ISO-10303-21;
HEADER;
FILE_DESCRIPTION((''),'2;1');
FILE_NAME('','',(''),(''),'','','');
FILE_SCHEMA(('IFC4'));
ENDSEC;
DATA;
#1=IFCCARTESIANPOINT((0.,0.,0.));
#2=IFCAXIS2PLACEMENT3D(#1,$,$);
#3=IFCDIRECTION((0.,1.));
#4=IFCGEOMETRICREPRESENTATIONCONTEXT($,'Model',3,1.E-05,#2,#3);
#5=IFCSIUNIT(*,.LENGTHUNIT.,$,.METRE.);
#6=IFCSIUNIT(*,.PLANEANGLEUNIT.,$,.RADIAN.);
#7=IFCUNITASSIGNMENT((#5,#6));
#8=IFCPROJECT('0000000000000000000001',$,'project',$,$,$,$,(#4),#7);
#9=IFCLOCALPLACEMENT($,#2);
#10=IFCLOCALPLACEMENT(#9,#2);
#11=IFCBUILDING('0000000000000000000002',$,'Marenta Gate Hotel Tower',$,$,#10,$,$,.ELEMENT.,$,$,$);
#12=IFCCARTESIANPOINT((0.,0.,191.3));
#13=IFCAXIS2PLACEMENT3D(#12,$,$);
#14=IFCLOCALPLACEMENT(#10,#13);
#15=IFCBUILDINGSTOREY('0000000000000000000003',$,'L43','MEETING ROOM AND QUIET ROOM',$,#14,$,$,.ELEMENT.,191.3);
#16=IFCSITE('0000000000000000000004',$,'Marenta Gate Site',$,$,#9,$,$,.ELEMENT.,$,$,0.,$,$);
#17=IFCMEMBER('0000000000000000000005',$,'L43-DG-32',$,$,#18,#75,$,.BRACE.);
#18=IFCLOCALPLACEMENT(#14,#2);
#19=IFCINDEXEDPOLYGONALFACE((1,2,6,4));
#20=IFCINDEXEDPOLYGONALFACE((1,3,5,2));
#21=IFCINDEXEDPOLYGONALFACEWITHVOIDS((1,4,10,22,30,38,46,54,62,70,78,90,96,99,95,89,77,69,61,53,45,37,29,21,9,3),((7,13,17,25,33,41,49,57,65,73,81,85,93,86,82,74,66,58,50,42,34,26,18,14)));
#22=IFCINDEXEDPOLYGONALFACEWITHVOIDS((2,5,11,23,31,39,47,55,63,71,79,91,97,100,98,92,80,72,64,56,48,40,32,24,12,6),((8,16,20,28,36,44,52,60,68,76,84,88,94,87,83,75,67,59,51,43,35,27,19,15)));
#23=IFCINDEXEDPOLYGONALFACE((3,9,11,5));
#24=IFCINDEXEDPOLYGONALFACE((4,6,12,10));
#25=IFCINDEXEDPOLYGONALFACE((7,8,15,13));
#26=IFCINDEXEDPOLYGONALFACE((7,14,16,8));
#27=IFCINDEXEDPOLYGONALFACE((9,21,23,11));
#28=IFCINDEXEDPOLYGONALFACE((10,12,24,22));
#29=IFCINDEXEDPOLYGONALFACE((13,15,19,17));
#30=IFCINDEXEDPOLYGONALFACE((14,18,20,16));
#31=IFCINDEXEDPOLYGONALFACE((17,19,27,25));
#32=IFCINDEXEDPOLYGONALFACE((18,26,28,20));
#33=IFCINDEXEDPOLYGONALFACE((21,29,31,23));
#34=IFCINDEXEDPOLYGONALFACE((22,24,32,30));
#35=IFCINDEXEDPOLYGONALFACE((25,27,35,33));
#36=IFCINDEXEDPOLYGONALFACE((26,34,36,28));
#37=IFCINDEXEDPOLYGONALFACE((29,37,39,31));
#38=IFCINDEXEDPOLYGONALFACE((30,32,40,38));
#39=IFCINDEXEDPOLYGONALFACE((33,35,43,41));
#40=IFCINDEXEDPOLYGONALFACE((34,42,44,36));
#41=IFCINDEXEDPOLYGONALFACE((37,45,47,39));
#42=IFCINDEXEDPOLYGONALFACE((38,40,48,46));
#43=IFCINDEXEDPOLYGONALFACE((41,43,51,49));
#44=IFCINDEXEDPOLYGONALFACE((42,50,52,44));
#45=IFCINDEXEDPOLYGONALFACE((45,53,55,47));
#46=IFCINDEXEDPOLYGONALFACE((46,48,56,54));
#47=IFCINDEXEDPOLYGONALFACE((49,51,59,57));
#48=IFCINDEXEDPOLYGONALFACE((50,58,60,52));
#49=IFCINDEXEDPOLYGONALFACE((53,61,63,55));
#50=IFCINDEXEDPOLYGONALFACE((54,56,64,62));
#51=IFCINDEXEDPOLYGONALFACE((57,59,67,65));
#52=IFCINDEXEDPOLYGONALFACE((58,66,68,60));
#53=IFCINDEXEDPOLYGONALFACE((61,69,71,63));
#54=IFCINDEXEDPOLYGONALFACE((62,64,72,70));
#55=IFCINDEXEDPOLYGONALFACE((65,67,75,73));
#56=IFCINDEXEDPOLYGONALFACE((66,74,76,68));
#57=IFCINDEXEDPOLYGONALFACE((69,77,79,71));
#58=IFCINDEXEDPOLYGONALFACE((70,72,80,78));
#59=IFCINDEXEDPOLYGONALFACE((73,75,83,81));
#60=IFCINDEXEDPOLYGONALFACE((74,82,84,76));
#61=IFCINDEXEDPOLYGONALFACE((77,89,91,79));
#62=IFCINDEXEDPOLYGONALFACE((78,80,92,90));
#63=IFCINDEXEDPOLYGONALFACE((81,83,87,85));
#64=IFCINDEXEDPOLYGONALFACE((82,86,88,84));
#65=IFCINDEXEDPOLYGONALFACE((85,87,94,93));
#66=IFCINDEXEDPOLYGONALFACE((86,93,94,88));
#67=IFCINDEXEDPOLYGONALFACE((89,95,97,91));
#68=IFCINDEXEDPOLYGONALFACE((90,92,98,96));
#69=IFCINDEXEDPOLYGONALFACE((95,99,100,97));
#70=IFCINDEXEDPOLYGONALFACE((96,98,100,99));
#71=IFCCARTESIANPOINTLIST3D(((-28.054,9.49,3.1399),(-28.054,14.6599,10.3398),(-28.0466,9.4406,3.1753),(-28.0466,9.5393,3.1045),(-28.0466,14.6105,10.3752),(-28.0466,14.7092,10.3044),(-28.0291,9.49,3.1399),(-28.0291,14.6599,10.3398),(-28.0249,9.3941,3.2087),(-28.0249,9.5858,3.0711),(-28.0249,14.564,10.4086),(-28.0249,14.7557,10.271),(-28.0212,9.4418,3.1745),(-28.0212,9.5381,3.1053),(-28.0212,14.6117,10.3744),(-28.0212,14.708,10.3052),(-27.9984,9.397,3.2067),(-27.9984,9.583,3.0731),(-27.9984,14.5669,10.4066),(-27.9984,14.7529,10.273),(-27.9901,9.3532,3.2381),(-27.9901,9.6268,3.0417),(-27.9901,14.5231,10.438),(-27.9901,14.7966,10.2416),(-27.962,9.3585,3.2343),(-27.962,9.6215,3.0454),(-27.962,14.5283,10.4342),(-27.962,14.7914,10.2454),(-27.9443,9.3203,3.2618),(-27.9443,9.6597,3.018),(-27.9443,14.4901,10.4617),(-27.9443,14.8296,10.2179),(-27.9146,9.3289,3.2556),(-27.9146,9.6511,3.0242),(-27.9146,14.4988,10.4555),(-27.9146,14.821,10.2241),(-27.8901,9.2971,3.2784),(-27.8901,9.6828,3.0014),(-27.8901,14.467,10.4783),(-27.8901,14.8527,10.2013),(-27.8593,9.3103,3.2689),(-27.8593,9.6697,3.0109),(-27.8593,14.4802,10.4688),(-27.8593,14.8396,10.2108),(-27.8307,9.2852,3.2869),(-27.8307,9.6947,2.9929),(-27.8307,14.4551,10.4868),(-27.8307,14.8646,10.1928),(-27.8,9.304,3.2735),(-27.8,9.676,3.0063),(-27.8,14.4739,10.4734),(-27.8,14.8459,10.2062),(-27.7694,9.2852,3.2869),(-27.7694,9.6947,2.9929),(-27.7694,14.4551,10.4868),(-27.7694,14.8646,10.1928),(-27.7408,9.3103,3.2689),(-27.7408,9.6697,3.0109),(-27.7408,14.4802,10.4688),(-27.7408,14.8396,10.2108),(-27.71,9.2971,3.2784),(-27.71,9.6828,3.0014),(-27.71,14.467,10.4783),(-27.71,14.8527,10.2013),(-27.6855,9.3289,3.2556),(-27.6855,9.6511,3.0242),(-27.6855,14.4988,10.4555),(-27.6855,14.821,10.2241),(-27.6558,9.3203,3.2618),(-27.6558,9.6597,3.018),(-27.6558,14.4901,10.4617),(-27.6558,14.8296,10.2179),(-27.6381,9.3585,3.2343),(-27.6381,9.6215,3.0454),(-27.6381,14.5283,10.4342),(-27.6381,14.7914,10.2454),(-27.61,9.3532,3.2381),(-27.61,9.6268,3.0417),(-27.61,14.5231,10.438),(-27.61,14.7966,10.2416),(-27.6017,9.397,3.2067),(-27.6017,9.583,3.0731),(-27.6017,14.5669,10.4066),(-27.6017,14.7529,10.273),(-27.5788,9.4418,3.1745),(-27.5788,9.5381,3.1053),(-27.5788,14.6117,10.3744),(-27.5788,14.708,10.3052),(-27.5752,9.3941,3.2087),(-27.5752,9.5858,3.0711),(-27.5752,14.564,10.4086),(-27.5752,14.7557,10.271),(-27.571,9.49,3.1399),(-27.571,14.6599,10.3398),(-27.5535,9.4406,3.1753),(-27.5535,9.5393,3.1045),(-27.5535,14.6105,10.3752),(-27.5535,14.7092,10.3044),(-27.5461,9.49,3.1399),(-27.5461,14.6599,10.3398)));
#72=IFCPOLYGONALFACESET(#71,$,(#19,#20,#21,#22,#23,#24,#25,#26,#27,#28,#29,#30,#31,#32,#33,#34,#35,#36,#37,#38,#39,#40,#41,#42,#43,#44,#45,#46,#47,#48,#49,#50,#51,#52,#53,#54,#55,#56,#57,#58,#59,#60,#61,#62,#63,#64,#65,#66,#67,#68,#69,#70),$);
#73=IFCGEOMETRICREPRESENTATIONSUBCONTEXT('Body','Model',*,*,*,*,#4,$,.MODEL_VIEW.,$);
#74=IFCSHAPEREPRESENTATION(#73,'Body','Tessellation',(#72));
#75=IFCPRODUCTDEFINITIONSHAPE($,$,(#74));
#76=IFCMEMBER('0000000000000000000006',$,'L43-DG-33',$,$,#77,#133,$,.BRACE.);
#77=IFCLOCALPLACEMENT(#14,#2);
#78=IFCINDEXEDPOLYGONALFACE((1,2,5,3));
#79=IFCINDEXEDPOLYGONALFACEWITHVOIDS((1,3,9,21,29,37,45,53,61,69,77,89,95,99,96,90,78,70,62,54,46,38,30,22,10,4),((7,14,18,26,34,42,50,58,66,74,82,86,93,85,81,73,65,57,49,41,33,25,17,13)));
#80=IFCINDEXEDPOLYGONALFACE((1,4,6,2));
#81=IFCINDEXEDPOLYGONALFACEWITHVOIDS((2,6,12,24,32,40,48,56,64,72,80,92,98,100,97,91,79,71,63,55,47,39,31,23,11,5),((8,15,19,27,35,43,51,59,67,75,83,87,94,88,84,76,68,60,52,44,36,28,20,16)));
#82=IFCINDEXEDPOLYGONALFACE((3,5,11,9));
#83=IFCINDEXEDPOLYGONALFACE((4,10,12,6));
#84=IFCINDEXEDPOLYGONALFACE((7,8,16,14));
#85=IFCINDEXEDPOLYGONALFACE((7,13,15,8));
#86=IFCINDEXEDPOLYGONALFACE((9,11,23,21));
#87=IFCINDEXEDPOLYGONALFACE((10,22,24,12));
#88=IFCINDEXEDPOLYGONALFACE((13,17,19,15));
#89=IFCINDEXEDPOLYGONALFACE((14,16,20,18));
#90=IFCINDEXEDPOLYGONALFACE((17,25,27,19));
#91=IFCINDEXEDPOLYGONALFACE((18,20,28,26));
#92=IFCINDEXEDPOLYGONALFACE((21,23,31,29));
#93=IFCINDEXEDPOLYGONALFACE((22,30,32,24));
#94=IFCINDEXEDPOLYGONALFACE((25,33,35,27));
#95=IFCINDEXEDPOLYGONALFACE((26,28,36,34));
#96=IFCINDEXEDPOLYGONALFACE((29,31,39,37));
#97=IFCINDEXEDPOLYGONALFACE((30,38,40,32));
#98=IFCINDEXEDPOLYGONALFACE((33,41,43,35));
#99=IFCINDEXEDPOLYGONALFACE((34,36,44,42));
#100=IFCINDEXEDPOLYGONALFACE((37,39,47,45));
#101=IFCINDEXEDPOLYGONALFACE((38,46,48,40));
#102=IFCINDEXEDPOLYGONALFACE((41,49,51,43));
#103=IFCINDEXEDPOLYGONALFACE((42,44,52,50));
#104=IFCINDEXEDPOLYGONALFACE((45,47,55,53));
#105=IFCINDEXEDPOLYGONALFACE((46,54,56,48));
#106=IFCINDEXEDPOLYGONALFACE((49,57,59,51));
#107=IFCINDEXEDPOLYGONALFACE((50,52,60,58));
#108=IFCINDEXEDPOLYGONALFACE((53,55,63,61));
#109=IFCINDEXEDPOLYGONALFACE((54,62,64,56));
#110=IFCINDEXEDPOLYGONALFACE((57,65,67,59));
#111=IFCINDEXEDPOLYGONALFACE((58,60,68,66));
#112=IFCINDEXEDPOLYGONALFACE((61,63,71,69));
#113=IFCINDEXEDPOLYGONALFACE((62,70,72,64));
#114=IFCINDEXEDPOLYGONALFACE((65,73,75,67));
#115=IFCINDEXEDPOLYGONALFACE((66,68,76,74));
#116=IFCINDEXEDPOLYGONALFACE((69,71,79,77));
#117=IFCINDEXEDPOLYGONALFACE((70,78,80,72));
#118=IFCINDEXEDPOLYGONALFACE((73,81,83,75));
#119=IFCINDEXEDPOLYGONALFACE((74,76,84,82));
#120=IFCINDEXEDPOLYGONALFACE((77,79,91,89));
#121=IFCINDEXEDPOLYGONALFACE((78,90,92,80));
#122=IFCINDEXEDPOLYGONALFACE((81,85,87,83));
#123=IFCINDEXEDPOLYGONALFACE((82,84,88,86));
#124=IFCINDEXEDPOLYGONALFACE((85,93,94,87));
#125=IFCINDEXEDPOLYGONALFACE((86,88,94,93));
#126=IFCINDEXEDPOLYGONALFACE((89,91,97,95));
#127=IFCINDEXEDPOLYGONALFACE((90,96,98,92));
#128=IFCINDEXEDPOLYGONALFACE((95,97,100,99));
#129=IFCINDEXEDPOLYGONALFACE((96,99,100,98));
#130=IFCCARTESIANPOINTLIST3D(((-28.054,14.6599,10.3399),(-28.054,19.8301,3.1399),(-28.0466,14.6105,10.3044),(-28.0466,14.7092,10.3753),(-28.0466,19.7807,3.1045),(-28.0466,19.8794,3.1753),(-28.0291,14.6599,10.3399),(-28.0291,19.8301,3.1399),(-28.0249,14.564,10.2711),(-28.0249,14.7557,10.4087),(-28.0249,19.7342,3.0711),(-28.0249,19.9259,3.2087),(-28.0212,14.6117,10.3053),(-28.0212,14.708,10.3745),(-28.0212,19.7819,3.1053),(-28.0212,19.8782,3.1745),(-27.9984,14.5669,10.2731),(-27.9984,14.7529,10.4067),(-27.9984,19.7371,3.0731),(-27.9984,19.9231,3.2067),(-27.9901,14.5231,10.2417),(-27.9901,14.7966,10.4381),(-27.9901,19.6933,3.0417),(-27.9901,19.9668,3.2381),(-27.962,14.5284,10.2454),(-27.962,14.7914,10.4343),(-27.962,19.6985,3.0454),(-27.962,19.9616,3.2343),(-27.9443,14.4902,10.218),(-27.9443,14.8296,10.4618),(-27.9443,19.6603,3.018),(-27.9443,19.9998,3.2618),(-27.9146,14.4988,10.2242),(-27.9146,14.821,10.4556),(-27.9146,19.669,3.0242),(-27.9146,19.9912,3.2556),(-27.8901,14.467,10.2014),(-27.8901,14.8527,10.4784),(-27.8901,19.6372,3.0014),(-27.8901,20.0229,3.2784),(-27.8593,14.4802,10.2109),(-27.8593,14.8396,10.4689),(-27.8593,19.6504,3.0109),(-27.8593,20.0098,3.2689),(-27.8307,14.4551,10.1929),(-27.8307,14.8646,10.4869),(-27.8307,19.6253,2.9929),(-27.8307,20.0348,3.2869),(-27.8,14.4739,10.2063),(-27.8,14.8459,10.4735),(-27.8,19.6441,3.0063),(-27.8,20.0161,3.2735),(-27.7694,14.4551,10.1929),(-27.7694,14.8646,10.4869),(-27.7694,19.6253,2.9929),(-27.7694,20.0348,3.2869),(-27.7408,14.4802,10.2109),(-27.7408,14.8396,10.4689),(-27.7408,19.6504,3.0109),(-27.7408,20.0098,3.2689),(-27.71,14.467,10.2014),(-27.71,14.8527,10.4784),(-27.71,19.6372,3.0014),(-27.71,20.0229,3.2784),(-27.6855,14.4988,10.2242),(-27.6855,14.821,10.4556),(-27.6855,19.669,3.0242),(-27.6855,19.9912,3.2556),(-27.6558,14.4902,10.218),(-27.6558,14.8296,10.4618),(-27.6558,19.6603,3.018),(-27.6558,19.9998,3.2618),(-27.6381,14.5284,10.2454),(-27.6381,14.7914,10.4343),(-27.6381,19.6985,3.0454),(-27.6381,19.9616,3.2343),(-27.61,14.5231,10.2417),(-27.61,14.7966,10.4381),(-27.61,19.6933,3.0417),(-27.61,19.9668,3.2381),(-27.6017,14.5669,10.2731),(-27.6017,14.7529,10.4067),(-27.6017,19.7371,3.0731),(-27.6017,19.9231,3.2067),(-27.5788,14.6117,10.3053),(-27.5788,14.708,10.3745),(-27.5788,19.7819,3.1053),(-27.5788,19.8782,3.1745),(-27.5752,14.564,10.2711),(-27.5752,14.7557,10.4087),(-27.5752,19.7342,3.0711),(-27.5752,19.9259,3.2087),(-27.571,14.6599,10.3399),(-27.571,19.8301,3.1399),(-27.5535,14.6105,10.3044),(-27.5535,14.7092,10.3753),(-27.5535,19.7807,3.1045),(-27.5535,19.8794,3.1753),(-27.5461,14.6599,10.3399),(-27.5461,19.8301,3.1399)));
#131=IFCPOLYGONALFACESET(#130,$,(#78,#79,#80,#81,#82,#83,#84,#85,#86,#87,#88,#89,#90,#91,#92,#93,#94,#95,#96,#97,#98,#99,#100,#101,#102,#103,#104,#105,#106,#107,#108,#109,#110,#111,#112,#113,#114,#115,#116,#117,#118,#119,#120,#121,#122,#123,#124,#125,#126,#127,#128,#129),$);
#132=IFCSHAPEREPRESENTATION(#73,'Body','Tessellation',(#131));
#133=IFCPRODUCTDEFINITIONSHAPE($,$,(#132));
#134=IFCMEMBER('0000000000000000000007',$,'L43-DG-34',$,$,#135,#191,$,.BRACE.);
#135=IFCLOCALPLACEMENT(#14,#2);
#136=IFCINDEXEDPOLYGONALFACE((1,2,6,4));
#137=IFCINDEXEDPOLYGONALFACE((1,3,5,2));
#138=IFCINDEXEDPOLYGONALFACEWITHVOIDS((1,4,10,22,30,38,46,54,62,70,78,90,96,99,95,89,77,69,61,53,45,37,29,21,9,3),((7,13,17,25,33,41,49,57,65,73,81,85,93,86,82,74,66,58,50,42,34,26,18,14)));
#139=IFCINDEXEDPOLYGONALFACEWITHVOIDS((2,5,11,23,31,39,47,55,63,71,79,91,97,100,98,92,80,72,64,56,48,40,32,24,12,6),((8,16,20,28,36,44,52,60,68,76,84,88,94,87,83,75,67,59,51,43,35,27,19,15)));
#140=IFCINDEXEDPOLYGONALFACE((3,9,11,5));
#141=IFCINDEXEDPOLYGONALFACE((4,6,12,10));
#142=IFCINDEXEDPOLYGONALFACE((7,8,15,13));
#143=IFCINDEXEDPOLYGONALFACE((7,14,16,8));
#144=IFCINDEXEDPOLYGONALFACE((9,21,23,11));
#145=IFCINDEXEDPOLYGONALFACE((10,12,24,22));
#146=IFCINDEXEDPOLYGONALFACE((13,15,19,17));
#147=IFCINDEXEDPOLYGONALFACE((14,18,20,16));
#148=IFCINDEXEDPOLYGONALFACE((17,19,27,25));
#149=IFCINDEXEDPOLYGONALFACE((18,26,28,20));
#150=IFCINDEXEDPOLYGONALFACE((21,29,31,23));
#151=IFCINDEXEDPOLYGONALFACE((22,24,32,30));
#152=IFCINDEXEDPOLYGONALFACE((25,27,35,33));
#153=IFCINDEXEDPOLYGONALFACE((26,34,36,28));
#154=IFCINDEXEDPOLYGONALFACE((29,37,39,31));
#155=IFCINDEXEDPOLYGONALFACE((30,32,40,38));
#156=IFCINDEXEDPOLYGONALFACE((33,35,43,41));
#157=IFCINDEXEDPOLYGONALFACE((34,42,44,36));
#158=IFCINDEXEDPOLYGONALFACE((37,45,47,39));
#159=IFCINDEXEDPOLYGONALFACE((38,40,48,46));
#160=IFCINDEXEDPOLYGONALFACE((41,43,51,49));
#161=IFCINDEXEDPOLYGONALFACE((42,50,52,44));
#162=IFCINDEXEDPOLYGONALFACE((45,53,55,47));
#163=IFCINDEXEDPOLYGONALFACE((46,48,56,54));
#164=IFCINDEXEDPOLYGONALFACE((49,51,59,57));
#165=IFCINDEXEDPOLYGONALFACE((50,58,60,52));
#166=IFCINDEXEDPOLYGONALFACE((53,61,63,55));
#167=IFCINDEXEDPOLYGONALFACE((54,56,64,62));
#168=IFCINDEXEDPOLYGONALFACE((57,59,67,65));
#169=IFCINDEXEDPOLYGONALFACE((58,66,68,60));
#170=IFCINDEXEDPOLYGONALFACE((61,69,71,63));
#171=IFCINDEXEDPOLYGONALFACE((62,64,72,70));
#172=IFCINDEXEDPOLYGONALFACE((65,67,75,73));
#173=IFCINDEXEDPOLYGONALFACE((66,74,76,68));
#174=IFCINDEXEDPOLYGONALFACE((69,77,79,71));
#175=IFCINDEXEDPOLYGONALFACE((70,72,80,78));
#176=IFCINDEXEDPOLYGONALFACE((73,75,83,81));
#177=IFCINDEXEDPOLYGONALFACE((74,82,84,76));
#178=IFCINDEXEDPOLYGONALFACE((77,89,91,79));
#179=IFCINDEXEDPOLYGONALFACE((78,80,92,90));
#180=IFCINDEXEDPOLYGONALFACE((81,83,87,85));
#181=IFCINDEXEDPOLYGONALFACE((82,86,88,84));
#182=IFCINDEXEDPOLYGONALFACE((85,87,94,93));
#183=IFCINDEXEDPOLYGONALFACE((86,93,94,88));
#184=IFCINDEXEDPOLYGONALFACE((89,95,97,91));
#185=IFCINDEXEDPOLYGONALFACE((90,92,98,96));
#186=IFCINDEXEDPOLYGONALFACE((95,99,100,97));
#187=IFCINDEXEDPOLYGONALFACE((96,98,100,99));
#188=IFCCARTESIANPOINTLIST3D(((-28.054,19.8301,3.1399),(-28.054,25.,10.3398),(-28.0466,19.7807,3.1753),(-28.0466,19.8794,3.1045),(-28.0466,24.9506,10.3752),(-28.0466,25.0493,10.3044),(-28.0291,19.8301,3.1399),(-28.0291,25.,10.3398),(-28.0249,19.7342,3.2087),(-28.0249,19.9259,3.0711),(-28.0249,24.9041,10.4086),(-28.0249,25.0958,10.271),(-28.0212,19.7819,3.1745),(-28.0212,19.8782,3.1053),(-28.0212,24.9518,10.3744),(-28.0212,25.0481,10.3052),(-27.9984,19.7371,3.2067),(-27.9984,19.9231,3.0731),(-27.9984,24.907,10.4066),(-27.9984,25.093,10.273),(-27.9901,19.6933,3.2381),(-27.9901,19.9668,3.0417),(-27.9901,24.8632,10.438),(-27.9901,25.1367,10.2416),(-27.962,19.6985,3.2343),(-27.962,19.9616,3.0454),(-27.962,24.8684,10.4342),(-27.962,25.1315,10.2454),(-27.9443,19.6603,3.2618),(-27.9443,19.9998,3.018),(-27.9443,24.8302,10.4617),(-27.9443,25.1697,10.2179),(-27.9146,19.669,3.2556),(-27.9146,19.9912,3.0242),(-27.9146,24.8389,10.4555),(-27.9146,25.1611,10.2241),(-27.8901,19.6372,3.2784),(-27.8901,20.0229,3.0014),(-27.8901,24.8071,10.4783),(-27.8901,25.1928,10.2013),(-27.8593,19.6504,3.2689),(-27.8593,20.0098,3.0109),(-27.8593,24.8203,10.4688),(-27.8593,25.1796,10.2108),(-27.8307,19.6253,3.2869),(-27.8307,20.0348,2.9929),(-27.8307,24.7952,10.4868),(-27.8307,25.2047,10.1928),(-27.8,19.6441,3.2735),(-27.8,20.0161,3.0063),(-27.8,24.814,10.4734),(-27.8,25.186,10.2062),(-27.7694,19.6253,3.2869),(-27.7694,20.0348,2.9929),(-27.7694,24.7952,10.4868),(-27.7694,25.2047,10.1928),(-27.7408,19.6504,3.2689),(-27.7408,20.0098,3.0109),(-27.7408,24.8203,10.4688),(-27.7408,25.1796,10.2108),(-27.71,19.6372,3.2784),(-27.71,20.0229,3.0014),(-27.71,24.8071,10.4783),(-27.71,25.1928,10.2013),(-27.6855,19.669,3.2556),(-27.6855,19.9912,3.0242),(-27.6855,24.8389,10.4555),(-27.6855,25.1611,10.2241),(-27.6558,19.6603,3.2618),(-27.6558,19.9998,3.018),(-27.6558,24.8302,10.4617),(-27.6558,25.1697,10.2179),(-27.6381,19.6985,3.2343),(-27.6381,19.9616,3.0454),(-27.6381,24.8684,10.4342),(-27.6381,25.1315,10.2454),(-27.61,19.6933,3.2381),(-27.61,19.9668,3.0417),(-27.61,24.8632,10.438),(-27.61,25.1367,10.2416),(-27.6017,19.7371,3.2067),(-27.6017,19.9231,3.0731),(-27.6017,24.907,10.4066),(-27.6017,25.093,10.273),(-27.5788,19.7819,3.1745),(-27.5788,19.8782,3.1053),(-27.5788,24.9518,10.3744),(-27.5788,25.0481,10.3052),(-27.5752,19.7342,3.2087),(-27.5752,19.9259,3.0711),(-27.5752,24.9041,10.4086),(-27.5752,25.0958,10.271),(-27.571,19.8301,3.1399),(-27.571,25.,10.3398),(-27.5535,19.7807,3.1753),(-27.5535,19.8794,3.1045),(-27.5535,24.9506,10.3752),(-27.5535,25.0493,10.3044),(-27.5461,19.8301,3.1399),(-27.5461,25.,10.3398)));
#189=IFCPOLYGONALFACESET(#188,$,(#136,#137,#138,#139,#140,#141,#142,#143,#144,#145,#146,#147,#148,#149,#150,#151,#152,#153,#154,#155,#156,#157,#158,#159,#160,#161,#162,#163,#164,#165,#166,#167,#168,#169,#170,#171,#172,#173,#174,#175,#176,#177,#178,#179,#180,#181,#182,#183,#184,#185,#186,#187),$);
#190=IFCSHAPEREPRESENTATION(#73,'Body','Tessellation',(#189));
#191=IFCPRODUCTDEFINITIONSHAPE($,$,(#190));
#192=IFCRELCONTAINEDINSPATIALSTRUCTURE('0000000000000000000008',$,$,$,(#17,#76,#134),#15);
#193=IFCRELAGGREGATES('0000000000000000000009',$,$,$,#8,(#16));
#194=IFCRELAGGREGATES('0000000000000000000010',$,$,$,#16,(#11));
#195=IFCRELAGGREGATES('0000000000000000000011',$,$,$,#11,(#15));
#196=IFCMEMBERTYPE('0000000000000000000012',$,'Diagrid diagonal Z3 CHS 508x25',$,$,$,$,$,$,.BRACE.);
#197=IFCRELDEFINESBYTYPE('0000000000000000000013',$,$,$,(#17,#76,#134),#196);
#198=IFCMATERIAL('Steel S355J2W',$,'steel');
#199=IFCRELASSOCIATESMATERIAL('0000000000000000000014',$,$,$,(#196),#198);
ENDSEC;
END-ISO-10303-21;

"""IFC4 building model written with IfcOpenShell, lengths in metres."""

from ifc_helpers import new_model, si_unit, direction, frame, origin, origin_2d, place, context, subcontext, project, spatial, hollow_circle, extrude, material, material_profile, profile_set, type_object, element, save


model = new_model("IFC4")

# Units and contexts
model_context = context("Model", 3, precision=1e-05, world=origin(), true_north=direction((0.0, 1.0)))
body_context = subcontext(model_context, "Body", "Model", "MODEL_VIEW")
ifc_project = project(units=[si_unit("LENGTHUNIT", "METRE"), si_unit("PLANEANGLEUNIT", "RADIAN")], contexts=[model_context])

# Site, building, storey
site_placement = place(None, origin())
site = spatial("IfcSite", under=ifc_project, at=site_placement, Name="Marenta Gate Site", CompositionType="ELEMENT", RefElevation=0.0)
building_placement = place(site_placement, origin())
building = spatial("IfcBuilding", under=site, at=building_placement, Name="Marenta Gate Hotel Tower", CompositionType="ELEMENT")
storey_placement = place(building_placement, frame((0.0, 0.0, 191.3)))
storey = spatial("IfcBuildingStorey", under=building, at=storey_placement, Name="L43", Description="MEETING ROOM AND QUIET ROOM", CompositionType="ELEMENT", Elevation=191.3)

# Members
ifc_material_1 = material(Name="Steel S355J2W", Category="steel")
ifc_material_profile_1 = material_profile(ifc_material_1, hollow_circle(Radius=0.2539, WallThickness=0.0249, at=origin_2d()), Name="CHS 508x25")
ifc_profile_set_1 = profile_set([ifc_material_profile_1], Name="Steel S355J2W")
member_type_1 = type_object("IfcMemberType", Name="Diagrid diagonal Z3 CHS 508x25", PredefinedType="BRACE", material=ifc_profile_set_1)
member_1_placement = place(storey_placement, frame((-27.8, 9.49, 3.1399), z_axis=(0.0, 0.583261, 0.812285), x_axis=(-1.0, 0.0, 0.0)))
element("IfcMember", 1, at=member_1_placement, inside=storey, type_object=member_type_1, Name="L43-DG-32", PredefinedType="BRACE", context=body_context, shape_type="SweptSolid", body=[
    extrude(hollow_circle(Radius=0.2539, WallThickness=0.0249, at=origin_2d()), origin(), (0.0, 0.0, 1.0), 8.8638),
])
member_2_placement = place(storey_placement, frame((-27.8, 19.8301, 3.1399), z_axis=(0.0, -0.583279, 0.812272), x_axis=(1.0, 0.0, 0.0)))
element("IfcMember", 2, at=member_2_placement, inside=storey, type_object=member_type_1, Name="L43-DG-33", PredefinedType="BRACE", context=body_context, shape_type="SweptSolid", body=[
    extrude(hollow_circle(Radius=0.2539, WallThickness=0.0249, at=origin_2d()), origin(), (0.0, 0.0, 1.0), 8.864),
])
member_3_placement = place(storey_placement, frame((-27.8, 19.8301, 3.1399), z_axis=(0.0, 0.583261, 0.812285), x_axis=(-1.0, 0.0, 0.0)))
element("IfcMember", 3, at=member_3_placement, inside=storey, type_object=member_type_1, Name="L43-DG-34", PredefinedType="BRACE", context=body_context, shape_type="SweptSolid", body=[
    extrude(hollow_circle(Radius=0.2539, WallThickness=0.0249, at=origin_2d()), origin(), (0.0, 0.0, 1.0), 8.8638),
])

save(model, "model.ifc")
